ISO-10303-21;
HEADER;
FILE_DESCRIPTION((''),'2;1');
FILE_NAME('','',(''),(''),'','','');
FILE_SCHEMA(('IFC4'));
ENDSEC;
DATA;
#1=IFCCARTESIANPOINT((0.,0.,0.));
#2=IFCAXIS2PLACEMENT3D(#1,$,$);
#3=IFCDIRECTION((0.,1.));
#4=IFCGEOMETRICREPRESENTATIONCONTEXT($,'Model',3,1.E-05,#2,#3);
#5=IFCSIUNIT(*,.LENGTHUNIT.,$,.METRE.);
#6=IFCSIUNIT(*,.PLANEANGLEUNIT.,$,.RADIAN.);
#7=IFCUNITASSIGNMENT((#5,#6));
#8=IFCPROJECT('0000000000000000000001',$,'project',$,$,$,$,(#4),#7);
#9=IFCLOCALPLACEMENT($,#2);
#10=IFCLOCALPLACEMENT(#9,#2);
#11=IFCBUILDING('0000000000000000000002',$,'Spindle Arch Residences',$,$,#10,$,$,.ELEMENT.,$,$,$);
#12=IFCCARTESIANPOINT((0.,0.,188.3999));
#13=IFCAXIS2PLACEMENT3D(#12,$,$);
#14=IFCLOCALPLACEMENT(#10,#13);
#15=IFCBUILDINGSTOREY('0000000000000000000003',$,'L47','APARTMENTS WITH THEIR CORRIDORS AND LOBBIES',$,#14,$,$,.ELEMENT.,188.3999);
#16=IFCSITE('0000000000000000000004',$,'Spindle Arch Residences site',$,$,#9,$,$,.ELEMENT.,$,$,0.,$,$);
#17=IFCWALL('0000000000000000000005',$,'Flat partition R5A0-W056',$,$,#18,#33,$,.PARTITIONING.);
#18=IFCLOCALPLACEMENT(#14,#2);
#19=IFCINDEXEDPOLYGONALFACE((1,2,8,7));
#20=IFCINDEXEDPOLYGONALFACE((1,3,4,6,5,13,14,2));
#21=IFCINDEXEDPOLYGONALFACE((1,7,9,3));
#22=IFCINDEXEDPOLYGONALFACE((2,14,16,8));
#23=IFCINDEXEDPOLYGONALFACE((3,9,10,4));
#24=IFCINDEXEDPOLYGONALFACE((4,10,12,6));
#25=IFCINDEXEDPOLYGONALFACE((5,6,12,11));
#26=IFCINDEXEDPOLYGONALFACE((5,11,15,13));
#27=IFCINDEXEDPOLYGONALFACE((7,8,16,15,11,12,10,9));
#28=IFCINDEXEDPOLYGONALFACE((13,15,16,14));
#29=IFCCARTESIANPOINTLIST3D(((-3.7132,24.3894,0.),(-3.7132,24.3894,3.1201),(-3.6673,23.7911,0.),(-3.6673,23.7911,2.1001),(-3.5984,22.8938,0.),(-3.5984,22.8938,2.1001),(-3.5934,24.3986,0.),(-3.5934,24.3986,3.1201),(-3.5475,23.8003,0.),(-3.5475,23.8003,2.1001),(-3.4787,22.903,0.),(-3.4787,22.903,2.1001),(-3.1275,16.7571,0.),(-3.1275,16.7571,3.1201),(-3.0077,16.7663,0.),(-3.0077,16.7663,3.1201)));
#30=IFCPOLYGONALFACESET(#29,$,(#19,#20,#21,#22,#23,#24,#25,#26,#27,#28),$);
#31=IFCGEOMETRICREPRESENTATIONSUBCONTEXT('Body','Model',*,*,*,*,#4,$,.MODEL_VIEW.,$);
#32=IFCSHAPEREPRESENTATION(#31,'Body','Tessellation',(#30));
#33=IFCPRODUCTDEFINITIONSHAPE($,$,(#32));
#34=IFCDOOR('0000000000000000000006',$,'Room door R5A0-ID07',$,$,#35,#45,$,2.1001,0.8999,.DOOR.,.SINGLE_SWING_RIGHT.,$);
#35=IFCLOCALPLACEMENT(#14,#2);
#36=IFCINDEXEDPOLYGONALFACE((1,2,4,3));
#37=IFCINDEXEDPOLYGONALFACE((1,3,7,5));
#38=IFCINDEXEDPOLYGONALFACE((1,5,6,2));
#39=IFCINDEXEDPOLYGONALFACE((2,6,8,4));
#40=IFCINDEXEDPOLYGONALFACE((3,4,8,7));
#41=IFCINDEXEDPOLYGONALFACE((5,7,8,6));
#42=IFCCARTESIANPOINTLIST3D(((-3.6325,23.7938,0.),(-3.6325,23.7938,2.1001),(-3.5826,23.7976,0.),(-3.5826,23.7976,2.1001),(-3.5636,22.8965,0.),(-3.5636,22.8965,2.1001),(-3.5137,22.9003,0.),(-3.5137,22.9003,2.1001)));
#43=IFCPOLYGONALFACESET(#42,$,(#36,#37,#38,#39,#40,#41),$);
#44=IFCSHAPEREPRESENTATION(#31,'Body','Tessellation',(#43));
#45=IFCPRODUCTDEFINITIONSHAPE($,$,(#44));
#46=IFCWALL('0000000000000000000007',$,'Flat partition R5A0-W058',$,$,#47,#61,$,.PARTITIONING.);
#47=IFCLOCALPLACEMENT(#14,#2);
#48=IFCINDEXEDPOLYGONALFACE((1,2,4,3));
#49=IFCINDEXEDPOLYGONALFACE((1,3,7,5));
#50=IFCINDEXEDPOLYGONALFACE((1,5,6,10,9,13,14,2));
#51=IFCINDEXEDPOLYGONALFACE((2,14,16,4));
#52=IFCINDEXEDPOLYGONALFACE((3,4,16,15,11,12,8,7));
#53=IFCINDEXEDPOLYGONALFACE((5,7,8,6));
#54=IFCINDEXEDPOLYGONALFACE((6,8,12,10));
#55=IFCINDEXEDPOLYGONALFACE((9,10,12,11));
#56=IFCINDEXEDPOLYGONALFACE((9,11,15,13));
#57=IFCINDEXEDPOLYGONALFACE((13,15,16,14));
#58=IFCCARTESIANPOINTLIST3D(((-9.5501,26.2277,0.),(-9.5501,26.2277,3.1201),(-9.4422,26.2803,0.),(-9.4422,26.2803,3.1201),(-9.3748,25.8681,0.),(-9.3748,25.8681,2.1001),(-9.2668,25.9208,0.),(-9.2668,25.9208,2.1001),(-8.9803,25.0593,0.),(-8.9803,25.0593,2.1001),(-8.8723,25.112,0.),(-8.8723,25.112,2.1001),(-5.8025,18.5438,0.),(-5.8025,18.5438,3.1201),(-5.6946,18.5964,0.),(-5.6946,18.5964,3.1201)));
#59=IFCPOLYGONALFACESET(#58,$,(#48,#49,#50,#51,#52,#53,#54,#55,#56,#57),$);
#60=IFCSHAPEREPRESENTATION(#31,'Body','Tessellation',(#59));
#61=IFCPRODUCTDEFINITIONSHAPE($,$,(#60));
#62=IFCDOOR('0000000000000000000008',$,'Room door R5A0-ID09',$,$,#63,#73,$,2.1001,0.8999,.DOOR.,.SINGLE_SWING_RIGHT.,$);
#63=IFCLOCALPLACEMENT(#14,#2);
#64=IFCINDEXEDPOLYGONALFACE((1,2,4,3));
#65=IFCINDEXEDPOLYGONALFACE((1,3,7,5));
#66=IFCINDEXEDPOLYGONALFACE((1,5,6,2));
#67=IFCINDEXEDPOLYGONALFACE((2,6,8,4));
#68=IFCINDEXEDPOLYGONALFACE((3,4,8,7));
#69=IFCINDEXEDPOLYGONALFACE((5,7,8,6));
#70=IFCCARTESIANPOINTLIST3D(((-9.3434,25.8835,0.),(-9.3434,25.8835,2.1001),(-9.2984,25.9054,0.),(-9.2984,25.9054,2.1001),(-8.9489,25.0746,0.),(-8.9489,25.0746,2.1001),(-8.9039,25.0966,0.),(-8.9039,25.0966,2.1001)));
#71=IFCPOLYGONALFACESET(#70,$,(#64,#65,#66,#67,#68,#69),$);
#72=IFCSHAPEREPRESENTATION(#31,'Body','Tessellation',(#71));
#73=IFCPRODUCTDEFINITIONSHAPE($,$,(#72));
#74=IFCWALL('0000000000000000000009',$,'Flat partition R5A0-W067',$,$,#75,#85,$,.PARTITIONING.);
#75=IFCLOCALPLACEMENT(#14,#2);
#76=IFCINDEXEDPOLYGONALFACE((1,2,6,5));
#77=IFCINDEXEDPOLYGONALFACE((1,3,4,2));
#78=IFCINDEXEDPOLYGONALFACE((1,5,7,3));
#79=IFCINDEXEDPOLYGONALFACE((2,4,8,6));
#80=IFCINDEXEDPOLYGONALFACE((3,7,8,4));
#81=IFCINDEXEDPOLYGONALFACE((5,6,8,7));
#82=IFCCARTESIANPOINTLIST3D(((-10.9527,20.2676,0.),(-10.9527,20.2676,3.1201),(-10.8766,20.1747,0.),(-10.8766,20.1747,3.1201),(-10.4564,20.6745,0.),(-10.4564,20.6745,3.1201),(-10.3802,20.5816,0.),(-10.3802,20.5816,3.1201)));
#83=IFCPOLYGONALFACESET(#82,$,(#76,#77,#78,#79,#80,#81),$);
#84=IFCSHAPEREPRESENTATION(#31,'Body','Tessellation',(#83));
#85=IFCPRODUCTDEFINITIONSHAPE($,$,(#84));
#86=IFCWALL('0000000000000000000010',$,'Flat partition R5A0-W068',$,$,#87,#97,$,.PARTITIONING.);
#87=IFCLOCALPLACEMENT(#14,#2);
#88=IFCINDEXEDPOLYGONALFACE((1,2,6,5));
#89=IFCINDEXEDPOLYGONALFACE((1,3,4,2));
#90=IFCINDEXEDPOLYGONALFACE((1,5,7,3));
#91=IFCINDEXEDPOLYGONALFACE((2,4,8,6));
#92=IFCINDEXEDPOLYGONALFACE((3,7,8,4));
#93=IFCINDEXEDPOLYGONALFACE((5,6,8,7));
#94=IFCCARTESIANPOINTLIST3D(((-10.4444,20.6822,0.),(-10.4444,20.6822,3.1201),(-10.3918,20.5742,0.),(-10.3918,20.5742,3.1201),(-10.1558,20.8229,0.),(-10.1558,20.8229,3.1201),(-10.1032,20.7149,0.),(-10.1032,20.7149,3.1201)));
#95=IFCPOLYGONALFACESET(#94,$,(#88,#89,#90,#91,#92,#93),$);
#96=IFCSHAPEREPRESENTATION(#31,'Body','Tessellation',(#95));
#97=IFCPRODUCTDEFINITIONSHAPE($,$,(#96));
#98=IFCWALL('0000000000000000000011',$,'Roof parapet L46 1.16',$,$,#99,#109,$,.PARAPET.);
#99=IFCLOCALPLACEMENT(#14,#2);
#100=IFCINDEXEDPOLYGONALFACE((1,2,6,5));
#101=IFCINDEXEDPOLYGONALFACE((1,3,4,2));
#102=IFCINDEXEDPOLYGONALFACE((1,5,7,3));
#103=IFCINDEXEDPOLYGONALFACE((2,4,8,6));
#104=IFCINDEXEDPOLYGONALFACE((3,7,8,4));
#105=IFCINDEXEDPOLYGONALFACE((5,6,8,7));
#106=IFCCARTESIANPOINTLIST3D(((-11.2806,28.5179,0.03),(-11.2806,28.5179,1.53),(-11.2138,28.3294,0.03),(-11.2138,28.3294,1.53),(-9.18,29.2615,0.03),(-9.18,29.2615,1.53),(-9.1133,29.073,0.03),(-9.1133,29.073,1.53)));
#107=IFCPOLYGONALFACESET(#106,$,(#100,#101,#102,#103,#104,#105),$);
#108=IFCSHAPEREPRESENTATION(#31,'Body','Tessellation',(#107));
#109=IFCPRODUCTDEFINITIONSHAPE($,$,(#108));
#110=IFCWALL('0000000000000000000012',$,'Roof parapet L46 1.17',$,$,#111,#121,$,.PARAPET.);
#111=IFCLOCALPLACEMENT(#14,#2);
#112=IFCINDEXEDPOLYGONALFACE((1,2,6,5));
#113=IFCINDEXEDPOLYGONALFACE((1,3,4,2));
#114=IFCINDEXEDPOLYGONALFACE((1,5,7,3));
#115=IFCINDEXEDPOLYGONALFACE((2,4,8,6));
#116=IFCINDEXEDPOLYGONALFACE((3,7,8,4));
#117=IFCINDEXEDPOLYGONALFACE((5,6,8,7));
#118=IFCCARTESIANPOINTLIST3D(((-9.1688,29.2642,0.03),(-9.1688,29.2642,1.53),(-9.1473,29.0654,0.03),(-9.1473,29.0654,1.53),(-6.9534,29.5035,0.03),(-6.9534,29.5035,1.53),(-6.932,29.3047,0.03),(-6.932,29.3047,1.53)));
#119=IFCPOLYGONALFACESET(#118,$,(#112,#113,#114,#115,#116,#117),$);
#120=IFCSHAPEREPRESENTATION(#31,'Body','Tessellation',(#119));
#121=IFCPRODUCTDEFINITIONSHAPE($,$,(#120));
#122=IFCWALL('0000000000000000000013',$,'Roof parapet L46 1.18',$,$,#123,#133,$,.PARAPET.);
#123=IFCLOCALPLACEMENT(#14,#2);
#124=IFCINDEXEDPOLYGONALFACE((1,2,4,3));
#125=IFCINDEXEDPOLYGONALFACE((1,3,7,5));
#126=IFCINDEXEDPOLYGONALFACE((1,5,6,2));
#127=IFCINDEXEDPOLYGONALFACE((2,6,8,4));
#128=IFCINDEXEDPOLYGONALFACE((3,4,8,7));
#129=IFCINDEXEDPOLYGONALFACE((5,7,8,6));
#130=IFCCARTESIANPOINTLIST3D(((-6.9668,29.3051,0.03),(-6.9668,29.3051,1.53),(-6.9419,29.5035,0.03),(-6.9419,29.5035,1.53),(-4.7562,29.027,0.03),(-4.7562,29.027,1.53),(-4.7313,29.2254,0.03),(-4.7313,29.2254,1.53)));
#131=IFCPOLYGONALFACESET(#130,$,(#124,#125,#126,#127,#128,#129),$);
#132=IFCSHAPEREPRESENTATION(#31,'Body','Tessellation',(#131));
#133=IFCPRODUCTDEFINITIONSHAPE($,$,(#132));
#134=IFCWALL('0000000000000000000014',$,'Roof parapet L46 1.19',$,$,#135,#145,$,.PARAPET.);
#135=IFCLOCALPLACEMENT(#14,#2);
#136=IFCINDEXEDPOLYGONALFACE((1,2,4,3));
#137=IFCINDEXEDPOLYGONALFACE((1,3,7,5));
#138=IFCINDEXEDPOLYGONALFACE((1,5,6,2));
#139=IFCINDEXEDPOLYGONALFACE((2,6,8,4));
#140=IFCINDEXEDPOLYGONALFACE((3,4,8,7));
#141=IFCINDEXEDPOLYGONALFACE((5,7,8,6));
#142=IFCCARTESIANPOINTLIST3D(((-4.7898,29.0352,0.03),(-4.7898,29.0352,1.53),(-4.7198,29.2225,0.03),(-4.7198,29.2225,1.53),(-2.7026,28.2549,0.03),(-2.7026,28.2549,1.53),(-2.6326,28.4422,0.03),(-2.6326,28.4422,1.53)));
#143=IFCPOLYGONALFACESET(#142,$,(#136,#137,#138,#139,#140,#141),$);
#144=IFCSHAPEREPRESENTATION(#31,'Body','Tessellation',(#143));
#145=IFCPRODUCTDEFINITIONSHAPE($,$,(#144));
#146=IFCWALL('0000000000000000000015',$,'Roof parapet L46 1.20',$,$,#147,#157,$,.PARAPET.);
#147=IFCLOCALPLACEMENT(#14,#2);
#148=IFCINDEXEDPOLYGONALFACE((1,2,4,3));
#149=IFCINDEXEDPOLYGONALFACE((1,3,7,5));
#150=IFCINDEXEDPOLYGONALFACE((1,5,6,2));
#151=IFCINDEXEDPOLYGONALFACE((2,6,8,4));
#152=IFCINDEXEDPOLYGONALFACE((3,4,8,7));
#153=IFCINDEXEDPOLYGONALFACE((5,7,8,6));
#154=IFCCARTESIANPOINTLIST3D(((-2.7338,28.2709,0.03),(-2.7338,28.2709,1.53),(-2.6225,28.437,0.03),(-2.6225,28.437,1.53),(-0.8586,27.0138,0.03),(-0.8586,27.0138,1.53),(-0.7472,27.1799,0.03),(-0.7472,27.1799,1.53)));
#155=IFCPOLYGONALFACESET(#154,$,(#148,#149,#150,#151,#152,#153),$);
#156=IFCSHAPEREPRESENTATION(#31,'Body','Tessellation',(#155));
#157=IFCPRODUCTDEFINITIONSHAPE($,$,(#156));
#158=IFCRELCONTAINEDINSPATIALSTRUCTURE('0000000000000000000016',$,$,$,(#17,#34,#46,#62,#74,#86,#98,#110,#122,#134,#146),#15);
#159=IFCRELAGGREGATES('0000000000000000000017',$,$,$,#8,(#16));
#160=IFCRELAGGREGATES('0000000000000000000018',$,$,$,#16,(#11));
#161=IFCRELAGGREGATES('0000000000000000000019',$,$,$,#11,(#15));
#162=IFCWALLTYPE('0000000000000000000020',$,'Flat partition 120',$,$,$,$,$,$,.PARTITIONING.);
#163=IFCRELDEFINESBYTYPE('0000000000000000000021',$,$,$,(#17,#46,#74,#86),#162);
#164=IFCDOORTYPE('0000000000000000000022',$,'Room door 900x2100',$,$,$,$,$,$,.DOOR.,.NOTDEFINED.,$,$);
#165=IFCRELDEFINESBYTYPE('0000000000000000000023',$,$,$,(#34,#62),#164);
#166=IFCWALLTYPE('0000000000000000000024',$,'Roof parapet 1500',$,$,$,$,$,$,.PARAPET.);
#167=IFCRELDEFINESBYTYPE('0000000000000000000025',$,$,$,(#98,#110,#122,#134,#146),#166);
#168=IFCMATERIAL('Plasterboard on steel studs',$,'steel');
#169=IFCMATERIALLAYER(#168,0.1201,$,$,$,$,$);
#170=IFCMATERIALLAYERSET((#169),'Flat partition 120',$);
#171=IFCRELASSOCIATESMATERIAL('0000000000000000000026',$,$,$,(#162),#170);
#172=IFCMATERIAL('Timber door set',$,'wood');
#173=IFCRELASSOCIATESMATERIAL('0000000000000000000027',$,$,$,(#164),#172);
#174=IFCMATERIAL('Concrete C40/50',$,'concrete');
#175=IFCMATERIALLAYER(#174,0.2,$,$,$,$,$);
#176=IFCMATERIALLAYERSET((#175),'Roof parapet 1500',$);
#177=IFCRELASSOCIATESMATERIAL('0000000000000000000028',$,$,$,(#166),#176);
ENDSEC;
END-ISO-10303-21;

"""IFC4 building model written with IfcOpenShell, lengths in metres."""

from ifc_helpers import new_model, si_unit, direction, frame, frame_2d, origin, place, context, subcontext, project, spatial, rectangle, extrude, material, layer, layer_set, type_object, element, fill, save


model = new_model("IFC4")

# Units and contexts
model_context = context("Model", 3, precision=1e-05, world=origin(), true_north=direction((0.0, 1.0)))
body_context = subcontext(model_context, "Body", "Model", "MODEL_VIEW")
ifc_project = project(units=[si_unit("LENGTHUNIT", "METRE"), si_unit("PLANEANGLEUNIT", "RADIAN")], contexts=[model_context])

# Site, building, storey
site_placement = place(None, origin())
site = spatial("IfcSite", under=ifc_project, at=site_placement, Name="Spindle Arch Residences site", CompositionType="ELEMENT", RefElevation=0.0)
building_placement = place(site_placement, origin())
building = spatial("IfcBuilding", under=site, at=building_placement, Name="Spindle Arch Residences", CompositionType="ELEMENT")
storey_placement = place(building_placement, frame((0.0, 0.0, 188.3999)))
storey = spatial("IfcBuildingStorey", under=building, at=storey_placement, Name="L47", Description="APARTMENTS WITH THEIR CORRIDORS AND LOBBIES", CompositionType="ELEMENT", Elevation=188.3999)

# Walls, openings, doors
ifc_material_1 = material(Name="Plasterboard on steel studs", Category="steel")
ifc_layer_1 = layer(ifc_material_1, 0.1201)
ifc_layer_set_1 = layer_set([ifc_layer_1], Name="Flat partition 120")
wall_type_1 = type_object("IfcWallType", Name="Flat partition 120", PredefinedType="PARTITIONING", material=ifc_layer_set_1)
ifc_material_2 = material(Name="Timber door set", Category="wood")
door_type = type_object("IfcDoorType", Name="Room door 900x2100", OperationType="NOTDEFINED", PredefinedType="DOOR", material=ifc_material_2)
wall_1_placement = place(storey_placement, frame((-3.6533, 24.394, 0.0), z_axis=(0.0, 0.0, 1.0), x_axis=(0.076514, -0.997069, 0.0)))
wall_1 = element("IfcWall", 1, at=wall_1_placement, inside=storey, type_object=wall_type_1, Name="Flat partition R5A0-W056", PredefinedType="PARTITIONING", context=body_context, shape_type="SweptSolid", body=[
    extrude(rectangle(XDim=7.6548, YDim=0.1201, at=frame_2d((3.8274, 0.0))), origin(), (0.0, 0.0, 1.0), 3.1201),
])
opening_1_placement = place(wall_1_placement, frame((0.6001, 0.0, 0.0)))
opening_1 = element("IfcOpeningElement", 2, at=opening_1_placement, cuts=wall_1, PredefinedType="OPENING", context=body_context, shape_type="SweptSolid", body=[
    extrude(rectangle(XDim=0.8999, YDim=2.1001, at=frame_2d((0.45, 1.05))), frame((0.0, 0.0701, 0.0), z_axis=(0.0, -1.0, 0.0), x_axis=(1.0, 0.0, 0.0)), (0.0, 0.0, 1.0), 0.1401),
])
door_1_placement = place(opening_1_placement, origin())
door_1 = element("IfcDoor", 3, at=door_1_placement, inside=storey, type_object=door_type, Name="Room door R5A0-ID07", OperationType="SINGLE_SWING_RIGHT", OverallHeight=2.1001, OverallWidth=0.8999, PredefinedType="DOOR", context=body_context, shape_type="SweptSolid", body=[
    extrude(rectangle(XDim=0.8999, YDim=2.1001, at=frame_2d((0.45, 1.05))), frame((0.0, 0.0249, 0.0), z_axis=(0.0, -1.0, 0.0), x_axis=(1.0, 0.0, 0.0)), (0.0, 0.0, 1.0), 0.05),
])
fill(opening_1, door_1)
wall_2_placement = place(storey_placement, frame((-9.4961, 26.2539, 0.0), z_axis=(0.0, 0.0, 1.0), x_axis=(0.438362, -0.898799, 0.0)))
wall_2 = element("IfcWall", 4, at=wall_2_placement, inside=storey, type_object=wall_type_1, Name="Flat partition R5A0-W058", PredefinedType="PARTITIONING", context=body_context, shape_type="SweptSolid", body=[
    extrude(rectangle(XDim=8.5491, YDim=0.1201, at=frame_2d((4.2744, 0.0))), origin(), (0.0, 0.0, 1.0), 3.1201),
])
opening_2_placement = place(wall_2_placement, frame((0.3999, 0.0, 0.0)))
opening_2 = element("IfcOpeningElement", 5, at=opening_2_placement, cuts=wall_2, PredefinedType="OPENING", context=body_context, shape_type="SweptSolid", body=[
    extrude(rectangle(XDim=0.8999, YDim=2.1001, at=frame_2d((0.45, 1.05))), frame((0.0, 0.0701, 0.0), z_axis=(0.0, -1.0, 0.0), x_axis=(1.0, 0.0, 0.0)), (0.0, 0.0, 1.0), 0.1401),
])
door_2_placement = place(opening_2_placement, origin())
door_2 = element("IfcDoor", 6, at=door_2_placement, inside=storey, type_object=door_type, Name="Room door R5A0-ID09", OperationType="SINGLE_SWING_RIGHT", OverallHeight=2.1001, OverallWidth=0.8999, PredefinedType="DOOR", context=body_context, shape_type="SweptSolid", body=[
    extrude(rectangle(XDim=0.8999, YDim=2.1001, at=frame_2d((0.45, 1.05))), frame((0.0, 0.0249, 0.0), z_axis=(0.0, -1.0, 0.0), x_axis=(1.0, 0.0, 0.0)), (0.0, 0.0, 1.0), 0.05),
])
fill(opening_2, door_2)

# Walls
wall_3_placement = place(storey_placement, frame((-10.9146, 20.2212, 0.0), z_axis=(0.0, 0.0, 1.0), x_axis=(0.773279, 0.634066, 0.0)))
element("IfcWall", 7, at=wall_3_placement, inside=storey, type_object=wall_type_1, Name="Flat partition R5A0-W067", PredefinedType="PARTITIONING", context=body_context, shape_type="SweptSolid", body=[
    extrude(rectangle(XDim=0.6418, YDim=0.1201, at=frame_2d((0.3208, 0.0))), origin(), (0.0, 0.0, 1.0), 3.1201),
])
wall_4_placement = place(storey_placement, frame((-10.4182, 20.6282, 0.0), z_axis=(0.0, 0.0, 1.0), x_axis=(0.898944, 0.438064, 0.0)))
element("IfcWall", 8, at=wall_4_placement, inside=storey, type_object=wall_type_1, Name="Flat partition R5A0-W068", PredefinedType="PARTITIONING", context=body_context, shape_type="SweptSolid", body=[
    extrude(rectangle(XDim=0.321, YDim=0.1201, at=frame_2d((0.1606, 0.0))), origin(), (0.0, 0.0, 1.0), 3.1201),
])
ifc_material_3 = material(Name="Concrete C40/50", Category="concrete")
ifc_layer_2 = layer(ifc_material_3, 0.2)
ifc_layer_set_2 = layer_set([ifc_layer_2], Name="Roof parapet 1500")
wall_type_2 = type_object("IfcWallType", Name="Roof parapet 1500", PredefinedType="PARAPET", material=ifc_layer_set_2)
for number, where, z_axis, x_axis, name in (
    (9, (-11.2473, 28.4236, 0.03), (0.0, 0.0, 1.0), (0.94267, 0.333725, 0.0), "Roof parapet L46 1.16"),
    (10, (-9.1582, 29.1648, 0.03), (0.0, 0.0, 1.0), (0.994218, 0.107376, 0.0), "Roof parapet L46 1.17"),
):
    element("IfcWall", number, at=place(storey_placement, frame(where, z_axis=z_axis, x_axis=x_axis)), inside=storey, type_object=wall_type_2, Name=name, PredefinedType="PARAPET", context=body_context, shape_type="SweptSolid", body=[
        extrude(rectangle(XDim=2.2283, YDim=0.2, at=frame_2d((1.1143, 0.0))), origin(), (0.0, 0.0, 1.0), 1.5),
    ])
wall_5_placement = place(storey_placement, frame((-6.9543, 29.4043, 0.03), z_axis=(0.0, 0.0, 1.0), x_axis=(0.992181, -0.124803, 0.0)))
element("IfcWall", 11, at=wall_5_placement, inside=storey, type_object=wall_type_2, Name="Roof parapet L46 1.18", PredefinedType="PARAPET", context=body_context, shape_type="SweptSolid", body=[
    extrude(rectangle(XDim=2.228, YDim=0.2, at=frame_2d((1.114, 0.0))), origin(), (0.0, 0.0, 1.0), 1.5),
])
wall_6_placement = place(storey_placement, frame((-4.7549, 29.1289, 0.03), z_axis=(0.0, 0.0, 1.0), x_axis=(0.936684, -0.350175, 0.0)))
element("IfcWall", 12, at=wall_6_placement, inside=storey, type_object=wall_type_2, Name="Roof parapet L46 1.19", PredefinedType="PARAPET", context=body_context, shape_type="SweptSolid", body=[
    extrude(rectangle(XDim=2.2283, YDim=0.2, at=frame_2d((1.1143, 0.0))), origin(), (0.0, 0.0, 1.0), 1.5),
])
wall_7_placement = place(storey_placement, frame((-2.6782, 28.354, 0.03), z_axis=(0.0, 0.0, 1.0), x_axis=(0.830633, -0.55682, 0.0)))
element("IfcWall", 13, at=wall_7_placement, inside=storey, type_object=wall_type_2, Name="Roof parapet L46 1.20", PredefinedType="PARAPET", context=body_context, shape_type="SweptSolid", body=[
    extrude(rectangle(XDim=2.2576, YDim=0.2, at=frame_2d((1.1289, 0.0))), origin(), (0.0, 0.0, 1.0), 1.5),
])

save(model, "model.ifc")
